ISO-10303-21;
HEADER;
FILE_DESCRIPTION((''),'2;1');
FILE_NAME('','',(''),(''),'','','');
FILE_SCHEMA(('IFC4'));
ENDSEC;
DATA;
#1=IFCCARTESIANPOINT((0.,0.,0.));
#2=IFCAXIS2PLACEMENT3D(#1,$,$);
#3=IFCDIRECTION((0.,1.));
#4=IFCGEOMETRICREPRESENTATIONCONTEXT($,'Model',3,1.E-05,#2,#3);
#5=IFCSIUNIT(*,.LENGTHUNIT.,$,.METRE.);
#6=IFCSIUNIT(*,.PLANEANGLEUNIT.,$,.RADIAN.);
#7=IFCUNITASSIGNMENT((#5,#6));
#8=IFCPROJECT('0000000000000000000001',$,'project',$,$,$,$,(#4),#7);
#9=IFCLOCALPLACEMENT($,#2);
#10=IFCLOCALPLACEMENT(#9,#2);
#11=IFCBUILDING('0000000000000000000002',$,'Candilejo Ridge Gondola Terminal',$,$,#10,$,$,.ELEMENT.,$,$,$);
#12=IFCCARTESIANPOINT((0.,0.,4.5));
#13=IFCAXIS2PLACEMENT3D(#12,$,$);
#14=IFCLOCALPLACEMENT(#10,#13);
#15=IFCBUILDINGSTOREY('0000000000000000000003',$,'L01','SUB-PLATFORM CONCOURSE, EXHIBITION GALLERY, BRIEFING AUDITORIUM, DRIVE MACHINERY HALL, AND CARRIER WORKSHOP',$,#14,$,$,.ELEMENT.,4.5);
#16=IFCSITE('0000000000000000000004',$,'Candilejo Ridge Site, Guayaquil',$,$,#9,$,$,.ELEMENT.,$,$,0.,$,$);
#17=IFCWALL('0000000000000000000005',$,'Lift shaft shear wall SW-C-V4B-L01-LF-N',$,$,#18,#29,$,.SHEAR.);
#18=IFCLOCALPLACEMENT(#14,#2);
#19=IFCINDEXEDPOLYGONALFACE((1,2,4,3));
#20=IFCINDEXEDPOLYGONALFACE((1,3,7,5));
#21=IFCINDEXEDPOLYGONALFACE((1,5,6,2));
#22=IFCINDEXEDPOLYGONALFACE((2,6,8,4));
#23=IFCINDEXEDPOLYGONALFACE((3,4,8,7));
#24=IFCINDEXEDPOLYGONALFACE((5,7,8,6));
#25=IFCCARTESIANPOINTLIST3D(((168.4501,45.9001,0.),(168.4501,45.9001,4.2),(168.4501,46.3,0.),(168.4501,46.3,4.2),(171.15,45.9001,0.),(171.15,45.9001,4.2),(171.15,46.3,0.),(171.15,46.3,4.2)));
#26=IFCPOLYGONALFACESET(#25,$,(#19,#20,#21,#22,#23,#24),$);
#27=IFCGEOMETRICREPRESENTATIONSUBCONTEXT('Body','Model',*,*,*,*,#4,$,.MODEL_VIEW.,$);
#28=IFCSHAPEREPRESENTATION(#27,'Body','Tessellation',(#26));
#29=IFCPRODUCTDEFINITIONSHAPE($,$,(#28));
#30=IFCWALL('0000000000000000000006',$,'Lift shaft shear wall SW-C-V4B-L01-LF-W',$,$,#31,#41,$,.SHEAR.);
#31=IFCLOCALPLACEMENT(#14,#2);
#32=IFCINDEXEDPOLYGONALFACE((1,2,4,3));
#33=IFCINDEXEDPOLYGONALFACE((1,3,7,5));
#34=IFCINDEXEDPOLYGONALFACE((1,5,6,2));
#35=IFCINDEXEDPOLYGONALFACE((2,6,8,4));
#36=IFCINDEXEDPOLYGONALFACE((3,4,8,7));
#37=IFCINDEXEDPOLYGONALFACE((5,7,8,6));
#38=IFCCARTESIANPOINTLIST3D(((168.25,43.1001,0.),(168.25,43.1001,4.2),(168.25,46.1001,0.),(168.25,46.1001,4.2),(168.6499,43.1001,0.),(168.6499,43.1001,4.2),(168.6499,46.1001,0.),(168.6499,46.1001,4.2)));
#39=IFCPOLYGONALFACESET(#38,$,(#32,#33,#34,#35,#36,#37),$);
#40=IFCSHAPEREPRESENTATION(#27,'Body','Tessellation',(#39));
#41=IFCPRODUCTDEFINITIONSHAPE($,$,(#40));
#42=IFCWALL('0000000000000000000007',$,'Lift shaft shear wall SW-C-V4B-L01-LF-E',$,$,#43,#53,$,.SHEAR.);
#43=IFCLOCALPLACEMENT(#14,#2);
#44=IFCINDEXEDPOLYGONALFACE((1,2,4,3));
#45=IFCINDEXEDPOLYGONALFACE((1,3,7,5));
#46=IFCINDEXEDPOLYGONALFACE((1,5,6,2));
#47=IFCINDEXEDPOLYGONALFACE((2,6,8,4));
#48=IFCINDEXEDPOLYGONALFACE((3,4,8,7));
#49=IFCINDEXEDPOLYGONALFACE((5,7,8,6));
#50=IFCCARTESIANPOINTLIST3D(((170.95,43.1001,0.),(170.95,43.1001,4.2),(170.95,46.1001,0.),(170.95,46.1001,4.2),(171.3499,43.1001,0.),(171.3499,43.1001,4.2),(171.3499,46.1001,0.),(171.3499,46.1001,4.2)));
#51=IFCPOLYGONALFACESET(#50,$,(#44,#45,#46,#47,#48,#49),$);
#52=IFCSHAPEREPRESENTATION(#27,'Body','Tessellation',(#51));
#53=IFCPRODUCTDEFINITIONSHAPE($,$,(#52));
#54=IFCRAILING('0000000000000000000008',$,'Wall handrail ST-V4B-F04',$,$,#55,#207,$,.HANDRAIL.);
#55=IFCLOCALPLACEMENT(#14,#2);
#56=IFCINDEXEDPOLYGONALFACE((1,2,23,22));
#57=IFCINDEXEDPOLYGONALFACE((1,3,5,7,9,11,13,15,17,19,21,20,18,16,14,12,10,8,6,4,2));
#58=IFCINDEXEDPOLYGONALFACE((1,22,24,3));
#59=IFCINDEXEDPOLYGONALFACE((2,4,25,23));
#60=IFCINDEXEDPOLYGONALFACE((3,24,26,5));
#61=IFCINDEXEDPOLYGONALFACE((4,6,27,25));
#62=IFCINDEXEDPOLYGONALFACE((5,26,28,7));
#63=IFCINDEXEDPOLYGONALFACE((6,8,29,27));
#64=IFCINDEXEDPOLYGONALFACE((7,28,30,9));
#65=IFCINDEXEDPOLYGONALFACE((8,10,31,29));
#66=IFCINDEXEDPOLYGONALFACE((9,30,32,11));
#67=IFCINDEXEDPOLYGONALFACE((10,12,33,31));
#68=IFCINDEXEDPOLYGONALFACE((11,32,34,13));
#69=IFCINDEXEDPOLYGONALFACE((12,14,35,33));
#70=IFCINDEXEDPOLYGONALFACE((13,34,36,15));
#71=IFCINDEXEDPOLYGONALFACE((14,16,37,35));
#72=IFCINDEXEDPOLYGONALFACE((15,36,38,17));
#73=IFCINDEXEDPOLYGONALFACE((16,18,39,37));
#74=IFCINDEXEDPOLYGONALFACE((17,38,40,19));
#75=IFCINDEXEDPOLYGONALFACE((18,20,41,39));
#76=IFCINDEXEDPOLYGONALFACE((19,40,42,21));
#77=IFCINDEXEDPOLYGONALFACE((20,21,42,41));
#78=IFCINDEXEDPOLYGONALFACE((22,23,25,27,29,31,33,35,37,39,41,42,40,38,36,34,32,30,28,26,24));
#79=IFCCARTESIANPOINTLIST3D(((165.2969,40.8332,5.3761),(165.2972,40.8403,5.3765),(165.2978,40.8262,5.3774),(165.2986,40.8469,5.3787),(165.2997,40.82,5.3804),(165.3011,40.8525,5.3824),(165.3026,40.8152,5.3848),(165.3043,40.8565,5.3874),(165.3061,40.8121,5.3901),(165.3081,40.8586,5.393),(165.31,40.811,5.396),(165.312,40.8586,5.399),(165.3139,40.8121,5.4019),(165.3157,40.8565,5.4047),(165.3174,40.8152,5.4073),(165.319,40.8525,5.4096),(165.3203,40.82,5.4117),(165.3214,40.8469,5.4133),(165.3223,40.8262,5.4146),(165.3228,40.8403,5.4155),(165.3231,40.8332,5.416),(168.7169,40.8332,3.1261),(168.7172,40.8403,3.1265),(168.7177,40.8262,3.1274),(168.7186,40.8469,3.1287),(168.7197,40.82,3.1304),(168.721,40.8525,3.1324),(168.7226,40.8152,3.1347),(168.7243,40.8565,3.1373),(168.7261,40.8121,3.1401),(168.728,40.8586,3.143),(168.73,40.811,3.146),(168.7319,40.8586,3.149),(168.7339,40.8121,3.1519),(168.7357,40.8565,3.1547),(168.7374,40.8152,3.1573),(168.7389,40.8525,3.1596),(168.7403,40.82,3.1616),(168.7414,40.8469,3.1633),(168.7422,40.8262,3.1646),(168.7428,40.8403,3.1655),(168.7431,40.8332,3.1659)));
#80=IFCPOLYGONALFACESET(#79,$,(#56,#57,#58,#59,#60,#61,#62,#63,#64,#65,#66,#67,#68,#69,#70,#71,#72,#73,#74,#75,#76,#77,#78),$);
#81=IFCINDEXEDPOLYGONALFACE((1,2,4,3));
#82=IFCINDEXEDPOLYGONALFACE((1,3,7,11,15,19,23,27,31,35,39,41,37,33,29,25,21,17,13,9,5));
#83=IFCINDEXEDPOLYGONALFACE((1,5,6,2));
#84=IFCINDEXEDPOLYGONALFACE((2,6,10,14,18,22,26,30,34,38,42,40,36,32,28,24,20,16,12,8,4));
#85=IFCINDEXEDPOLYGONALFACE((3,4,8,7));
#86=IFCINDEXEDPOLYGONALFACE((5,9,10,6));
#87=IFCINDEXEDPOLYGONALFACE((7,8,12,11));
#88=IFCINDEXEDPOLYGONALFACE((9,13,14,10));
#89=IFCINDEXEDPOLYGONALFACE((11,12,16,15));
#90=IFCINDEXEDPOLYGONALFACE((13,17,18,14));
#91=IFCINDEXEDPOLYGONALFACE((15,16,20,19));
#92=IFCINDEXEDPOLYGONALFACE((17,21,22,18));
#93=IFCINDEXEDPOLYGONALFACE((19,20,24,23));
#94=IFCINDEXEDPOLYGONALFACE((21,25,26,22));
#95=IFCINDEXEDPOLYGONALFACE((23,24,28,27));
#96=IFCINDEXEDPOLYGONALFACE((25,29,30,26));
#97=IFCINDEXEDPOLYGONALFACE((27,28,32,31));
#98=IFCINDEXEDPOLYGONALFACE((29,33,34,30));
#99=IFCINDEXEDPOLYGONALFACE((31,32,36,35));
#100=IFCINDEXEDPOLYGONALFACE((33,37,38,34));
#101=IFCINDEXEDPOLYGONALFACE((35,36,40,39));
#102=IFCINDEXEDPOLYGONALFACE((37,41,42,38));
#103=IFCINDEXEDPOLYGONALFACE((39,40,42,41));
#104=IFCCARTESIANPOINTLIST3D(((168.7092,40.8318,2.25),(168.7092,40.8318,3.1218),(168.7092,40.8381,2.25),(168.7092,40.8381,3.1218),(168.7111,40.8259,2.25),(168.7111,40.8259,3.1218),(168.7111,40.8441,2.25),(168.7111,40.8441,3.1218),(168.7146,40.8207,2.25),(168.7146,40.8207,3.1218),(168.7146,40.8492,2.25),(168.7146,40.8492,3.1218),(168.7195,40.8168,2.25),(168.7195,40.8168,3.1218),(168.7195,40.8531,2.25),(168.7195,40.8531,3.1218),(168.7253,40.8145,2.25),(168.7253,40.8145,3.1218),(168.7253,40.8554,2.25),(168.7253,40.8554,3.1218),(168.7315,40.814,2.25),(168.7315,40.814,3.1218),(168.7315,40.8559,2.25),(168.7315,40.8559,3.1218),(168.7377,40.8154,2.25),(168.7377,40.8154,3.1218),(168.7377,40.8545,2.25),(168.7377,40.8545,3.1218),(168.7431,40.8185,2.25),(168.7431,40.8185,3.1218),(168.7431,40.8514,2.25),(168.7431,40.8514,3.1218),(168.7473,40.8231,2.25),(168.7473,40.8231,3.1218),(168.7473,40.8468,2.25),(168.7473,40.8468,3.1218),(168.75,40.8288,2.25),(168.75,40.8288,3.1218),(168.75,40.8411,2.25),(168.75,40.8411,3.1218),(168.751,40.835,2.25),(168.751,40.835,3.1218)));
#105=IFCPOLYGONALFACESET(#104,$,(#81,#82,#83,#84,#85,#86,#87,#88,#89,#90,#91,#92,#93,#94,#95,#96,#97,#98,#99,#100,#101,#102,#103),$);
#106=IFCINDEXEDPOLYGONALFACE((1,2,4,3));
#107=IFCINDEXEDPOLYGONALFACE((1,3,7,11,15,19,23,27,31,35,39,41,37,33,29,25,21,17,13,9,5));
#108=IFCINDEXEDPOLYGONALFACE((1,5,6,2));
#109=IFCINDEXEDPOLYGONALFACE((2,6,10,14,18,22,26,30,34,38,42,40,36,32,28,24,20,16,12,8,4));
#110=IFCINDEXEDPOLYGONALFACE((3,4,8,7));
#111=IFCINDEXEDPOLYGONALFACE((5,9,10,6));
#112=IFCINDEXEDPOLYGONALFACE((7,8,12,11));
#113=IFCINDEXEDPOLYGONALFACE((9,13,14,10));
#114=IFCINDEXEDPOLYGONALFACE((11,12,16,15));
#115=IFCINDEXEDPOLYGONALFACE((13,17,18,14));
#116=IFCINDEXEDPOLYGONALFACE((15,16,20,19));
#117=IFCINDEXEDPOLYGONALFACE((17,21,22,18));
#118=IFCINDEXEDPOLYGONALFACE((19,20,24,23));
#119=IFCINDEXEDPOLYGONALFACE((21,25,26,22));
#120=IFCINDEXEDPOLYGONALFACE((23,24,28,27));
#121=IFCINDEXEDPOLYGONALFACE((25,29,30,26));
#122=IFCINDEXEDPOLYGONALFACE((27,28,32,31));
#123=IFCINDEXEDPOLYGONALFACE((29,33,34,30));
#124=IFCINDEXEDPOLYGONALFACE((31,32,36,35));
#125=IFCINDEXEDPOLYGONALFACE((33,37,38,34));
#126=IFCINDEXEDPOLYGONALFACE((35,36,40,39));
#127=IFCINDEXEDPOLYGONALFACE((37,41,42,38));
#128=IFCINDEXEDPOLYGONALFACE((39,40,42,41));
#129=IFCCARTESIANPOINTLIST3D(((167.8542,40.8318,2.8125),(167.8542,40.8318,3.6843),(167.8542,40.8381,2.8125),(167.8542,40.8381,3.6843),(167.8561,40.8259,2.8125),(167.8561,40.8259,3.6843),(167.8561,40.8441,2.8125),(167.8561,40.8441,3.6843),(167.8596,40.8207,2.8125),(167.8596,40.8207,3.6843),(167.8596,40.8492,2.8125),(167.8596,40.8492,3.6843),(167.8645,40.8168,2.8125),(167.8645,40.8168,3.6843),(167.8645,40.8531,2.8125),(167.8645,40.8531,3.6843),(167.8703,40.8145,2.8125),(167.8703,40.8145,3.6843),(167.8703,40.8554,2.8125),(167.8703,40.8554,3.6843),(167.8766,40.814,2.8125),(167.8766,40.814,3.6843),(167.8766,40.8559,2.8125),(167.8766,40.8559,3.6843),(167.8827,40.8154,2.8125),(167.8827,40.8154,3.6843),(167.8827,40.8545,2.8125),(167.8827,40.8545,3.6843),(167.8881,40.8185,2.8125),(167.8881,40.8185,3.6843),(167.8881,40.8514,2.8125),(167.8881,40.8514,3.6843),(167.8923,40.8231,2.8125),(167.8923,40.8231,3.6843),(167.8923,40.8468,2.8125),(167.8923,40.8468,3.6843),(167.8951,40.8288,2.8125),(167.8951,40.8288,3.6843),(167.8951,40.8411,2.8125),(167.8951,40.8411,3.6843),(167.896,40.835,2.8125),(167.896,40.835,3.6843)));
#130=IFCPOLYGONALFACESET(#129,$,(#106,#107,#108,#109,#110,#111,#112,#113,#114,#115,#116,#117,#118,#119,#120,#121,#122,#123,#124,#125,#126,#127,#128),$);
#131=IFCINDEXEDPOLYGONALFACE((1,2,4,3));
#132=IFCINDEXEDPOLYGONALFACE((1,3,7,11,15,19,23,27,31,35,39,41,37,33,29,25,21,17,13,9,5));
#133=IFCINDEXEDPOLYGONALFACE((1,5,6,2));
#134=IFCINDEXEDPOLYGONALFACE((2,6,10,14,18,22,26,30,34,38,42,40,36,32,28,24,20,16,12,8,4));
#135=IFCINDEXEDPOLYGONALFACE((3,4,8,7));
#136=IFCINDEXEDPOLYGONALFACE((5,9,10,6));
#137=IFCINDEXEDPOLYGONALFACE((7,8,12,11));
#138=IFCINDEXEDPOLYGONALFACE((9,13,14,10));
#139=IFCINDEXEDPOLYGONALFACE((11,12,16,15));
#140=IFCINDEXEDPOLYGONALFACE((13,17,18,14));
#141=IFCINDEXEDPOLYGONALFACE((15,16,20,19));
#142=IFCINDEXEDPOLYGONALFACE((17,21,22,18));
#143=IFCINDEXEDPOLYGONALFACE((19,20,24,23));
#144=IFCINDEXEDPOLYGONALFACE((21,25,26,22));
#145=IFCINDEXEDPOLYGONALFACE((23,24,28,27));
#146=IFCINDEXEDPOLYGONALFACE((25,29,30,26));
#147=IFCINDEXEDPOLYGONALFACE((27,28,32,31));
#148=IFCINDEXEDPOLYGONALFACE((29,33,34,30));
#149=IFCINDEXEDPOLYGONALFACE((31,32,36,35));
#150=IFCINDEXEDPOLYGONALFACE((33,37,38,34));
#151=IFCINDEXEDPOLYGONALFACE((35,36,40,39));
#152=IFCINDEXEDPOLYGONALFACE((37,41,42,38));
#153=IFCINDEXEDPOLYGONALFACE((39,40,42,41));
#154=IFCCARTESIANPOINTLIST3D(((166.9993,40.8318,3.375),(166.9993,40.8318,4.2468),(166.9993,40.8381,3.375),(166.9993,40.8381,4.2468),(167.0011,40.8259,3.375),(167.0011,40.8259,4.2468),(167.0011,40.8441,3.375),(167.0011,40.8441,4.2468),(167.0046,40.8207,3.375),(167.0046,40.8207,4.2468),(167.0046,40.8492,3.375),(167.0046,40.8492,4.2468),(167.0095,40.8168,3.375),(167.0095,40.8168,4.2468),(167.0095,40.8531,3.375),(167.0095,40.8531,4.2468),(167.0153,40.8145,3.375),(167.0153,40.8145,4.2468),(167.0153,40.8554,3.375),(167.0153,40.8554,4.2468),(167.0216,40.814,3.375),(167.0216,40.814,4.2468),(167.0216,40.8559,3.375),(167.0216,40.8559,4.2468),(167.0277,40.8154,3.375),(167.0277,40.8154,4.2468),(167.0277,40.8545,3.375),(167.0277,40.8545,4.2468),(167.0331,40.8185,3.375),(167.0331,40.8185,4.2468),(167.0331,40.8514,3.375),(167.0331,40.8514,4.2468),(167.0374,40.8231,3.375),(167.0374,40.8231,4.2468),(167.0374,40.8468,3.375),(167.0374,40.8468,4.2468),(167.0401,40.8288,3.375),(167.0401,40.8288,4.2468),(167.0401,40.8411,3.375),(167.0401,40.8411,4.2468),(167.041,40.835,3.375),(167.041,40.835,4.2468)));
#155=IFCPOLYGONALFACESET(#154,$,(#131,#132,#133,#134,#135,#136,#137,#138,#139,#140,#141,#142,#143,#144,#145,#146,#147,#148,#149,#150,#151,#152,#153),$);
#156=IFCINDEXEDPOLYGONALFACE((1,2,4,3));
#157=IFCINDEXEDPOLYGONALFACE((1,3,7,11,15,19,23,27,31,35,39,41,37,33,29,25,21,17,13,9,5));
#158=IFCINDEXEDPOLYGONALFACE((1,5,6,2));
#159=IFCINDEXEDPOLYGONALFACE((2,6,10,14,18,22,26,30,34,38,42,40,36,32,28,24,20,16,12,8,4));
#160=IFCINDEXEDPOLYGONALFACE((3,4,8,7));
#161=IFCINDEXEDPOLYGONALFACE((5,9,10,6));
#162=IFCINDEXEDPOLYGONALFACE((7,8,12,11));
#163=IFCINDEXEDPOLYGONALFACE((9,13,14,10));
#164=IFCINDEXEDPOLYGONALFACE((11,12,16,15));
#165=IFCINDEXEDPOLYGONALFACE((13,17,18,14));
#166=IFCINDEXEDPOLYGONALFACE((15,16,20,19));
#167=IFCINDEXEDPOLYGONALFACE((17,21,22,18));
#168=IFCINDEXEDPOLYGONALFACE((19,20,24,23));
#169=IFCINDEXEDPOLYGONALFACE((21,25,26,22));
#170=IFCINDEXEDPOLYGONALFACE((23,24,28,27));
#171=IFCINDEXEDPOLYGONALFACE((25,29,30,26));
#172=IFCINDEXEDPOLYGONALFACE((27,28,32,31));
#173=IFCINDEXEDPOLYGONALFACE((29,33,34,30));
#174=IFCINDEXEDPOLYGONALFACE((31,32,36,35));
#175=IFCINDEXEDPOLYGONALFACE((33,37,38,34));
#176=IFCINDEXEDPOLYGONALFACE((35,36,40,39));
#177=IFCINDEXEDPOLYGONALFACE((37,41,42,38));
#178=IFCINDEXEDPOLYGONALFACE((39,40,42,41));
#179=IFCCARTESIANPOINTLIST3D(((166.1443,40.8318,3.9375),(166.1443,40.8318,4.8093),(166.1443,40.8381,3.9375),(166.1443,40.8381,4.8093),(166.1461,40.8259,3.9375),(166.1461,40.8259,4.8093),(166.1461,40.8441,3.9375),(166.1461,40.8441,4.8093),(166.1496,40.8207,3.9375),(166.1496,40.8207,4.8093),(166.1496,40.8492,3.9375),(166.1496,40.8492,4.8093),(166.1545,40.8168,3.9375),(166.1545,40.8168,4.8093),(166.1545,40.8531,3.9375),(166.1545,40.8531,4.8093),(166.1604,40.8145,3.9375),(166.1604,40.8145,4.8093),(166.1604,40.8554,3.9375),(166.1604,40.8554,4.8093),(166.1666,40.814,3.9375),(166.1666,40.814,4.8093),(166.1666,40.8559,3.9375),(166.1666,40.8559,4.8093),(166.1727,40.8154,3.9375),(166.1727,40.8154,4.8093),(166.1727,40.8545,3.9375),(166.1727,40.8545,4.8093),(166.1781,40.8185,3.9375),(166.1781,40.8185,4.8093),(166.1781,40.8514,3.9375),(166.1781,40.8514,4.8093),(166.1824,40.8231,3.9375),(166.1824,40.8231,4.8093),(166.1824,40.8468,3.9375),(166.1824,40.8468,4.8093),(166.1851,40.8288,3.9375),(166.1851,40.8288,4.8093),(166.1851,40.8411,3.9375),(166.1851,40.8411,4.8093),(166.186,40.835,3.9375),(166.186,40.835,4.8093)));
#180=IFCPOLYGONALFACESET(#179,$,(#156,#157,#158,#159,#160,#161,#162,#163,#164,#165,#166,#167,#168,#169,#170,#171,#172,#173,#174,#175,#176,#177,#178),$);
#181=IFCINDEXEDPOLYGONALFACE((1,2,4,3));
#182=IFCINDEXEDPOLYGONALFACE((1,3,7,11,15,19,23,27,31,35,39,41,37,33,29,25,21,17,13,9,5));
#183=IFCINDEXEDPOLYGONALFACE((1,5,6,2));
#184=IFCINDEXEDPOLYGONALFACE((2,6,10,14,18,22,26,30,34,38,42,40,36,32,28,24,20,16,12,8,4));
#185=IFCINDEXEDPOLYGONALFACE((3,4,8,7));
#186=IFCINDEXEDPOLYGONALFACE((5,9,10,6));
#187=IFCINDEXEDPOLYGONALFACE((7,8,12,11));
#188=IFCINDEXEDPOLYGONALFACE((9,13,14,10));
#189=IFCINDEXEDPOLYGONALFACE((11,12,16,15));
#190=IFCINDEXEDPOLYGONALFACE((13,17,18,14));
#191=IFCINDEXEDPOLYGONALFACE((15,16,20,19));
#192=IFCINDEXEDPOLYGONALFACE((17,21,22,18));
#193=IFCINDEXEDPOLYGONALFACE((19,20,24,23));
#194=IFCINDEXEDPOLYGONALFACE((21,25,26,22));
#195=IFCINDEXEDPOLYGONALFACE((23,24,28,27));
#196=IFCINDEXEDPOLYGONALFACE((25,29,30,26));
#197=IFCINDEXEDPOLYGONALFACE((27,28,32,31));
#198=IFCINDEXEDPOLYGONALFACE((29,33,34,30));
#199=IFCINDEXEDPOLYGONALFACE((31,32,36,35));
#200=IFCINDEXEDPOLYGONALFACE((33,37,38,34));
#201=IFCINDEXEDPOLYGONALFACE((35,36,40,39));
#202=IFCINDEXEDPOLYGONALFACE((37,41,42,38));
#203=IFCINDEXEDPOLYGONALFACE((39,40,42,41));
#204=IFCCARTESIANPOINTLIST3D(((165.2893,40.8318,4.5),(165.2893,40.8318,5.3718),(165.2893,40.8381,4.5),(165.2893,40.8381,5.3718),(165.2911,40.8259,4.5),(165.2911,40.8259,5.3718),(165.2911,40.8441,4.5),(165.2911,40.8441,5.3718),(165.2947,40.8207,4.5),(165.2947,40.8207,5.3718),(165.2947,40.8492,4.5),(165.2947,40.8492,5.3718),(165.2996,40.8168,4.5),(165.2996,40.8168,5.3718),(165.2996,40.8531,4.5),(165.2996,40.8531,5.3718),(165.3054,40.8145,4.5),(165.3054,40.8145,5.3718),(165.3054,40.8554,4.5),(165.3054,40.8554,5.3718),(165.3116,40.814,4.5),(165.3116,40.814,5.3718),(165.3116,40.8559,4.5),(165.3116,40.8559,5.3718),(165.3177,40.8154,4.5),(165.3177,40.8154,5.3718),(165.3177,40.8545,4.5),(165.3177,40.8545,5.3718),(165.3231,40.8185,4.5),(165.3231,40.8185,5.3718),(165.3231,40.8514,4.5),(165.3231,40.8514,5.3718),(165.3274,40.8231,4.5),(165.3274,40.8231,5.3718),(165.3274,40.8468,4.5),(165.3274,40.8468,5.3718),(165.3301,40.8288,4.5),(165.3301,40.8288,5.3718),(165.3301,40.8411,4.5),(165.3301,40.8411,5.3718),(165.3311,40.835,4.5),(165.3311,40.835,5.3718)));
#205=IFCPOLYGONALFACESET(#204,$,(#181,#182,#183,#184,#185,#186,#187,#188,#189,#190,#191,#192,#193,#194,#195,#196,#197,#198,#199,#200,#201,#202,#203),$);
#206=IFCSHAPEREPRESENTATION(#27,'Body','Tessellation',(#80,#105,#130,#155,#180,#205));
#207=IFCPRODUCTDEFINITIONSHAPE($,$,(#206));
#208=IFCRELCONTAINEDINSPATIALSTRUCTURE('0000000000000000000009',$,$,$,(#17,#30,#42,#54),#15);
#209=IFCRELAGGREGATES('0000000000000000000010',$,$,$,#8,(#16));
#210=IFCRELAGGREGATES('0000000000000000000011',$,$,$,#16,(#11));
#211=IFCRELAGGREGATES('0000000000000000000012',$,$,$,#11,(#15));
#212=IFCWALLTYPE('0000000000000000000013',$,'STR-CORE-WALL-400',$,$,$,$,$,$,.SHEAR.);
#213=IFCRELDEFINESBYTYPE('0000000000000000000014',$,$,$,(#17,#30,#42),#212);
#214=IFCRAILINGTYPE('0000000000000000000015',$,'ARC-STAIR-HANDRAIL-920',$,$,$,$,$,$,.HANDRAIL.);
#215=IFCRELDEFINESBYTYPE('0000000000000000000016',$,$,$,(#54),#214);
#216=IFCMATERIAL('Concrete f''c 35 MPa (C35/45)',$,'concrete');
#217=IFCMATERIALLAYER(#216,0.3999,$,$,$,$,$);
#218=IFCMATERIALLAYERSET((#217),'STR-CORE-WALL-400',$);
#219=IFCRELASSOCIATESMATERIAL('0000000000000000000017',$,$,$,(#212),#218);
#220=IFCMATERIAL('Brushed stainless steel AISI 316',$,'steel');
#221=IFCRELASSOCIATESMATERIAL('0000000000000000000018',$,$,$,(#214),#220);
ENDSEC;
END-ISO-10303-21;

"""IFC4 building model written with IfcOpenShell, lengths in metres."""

from ifc_helpers import new_model, si_unit, direction, frame, frame_2d, origin, origin_2d, place, context, subcontext, project, spatial, rectangle, circle, extrude, material, layer, layer_set, type_object, element, save


model = new_model("IFC4")

# Units and contexts
model_context = context("Model", 3, precision=1e-05, world=origin(), true_north=direction((0.0, 1.0)))
body_context = subcontext(model_context, "Body", "Model", "MODEL_VIEW")
ifc_project = project(units=[si_unit("LENGTHUNIT", "METRE"), si_unit("PLANEANGLEUNIT", "RADIAN")], contexts=[model_context])

# Site, building, storey
site_placement = place(None, origin())
site = spatial("IfcSite", under=ifc_project, at=site_placement, Name="Candilejo Ridge Site, Guayaquil", CompositionType="ELEMENT", RefElevation=0.0)
building_placement = place(site_placement, origin())
building = spatial("IfcBuilding", under=site, at=building_placement, Name="Candilejo Ridge Gondola Terminal", CompositionType="ELEMENT")
storey_placement = place(building_placement, frame((0.0, 0.0, 4.5)))
storey = spatial("IfcBuildingStorey", under=building, at=storey_placement, Name="L01", Description="SUB-PLATFORM CONCOURSE, EXHIBITION GALLERY, BRIEFING AUDITORIUM, DRIVE MACHINERY HALL, AND CARRIER WORKSHOP", CompositionType="ELEMENT", Elevation=4.5)

# Shared definitions
ifc_material_1 = material(Name="Concrete f'c 35 MPa (C35/45)", Category="concrete")
ifc_layer_1 = layer(ifc_material_1, 0.3999)
ifc_layer_set_1 = layer_set([ifc_layer_1], Name="STR-CORE-WALL-400")
wall_type = type_object("IfcWallType", Name="STR-CORE-WALL-400", PredefinedType="SHEAR", material=ifc_layer_set_1)

# Walls
wall_1_placement = place(storey_placement, frame((168.45, 46.1001, 0.0), z_axis=(0.0, 0.0, 1.0), x_axis=(1.0, 0.0, 0.0)))
element("IfcWall", 1, at=wall_1_placement, inside=storey, type_object=wall_type, Name="Lift shaft shear wall SW-C-V4B-L01-LF-N", PredefinedType="SHEAR", context=body_context, shape_type="SweptSolid", body=[
    extrude(rectangle(XDim=2.7, YDim=0.3999, at=frame_2d((1.3501, 0.0))), origin(), (0.0, 0.0, 1.0), 4.2),
])
for number, where, z_axis, x_axis, name in (
    (2, (168.45, 43.1001, 0.0), (0.0, 0.0, 1.0), (0.0, 1.0, 0.0), "Lift shaft shear wall SW-C-V4B-L01-LF-W"),
    (3, (171.1499, 43.1001, 0.0), (0.0, 0.0, 1.0), (0.0, 1.0, 0.0), "Lift shaft shear wall SW-C-V4B-L01-LF-E"),
):
    element("IfcWall", number, at=place(storey_placement, frame(where, z_axis=z_axis, x_axis=x_axis)), inside=storey, type_object=wall_type, Name=name, PredefinedType="SHEAR", context=body_context, shape_type="SweptSolid", body=[
        extrude(rectangle(XDim=3.0, YDim=0.3999, at=frame_2d((1.5, 0.0))), origin(), (0.0, 0.0, 1.0), 4.2),
    ])

# Railing
ifc_material_2 = material(Name="Brushed stainless steel AISI 316", Category="steel")
railing_type = type_object("IfcRailingType", Name="ARC-STAIR-HANDRAIL-920", PredefinedType="HANDRAIL", material=ifc_material_2)
railing_placement = place(storey_placement, frame((168.73, 40.835, 2.25)))
element("IfcRailing", 4, at=railing_placement, inside=storey, type_object=railing_type, Name="Wall handrail ST-V4B-F04", PredefinedType="HANDRAIL", context=body_context, shape_type="SweptSolid", body=[
    extrude(circle(Radius=0.0239, at=origin_2d()), frame((0.0, 0.0, 0.896), z_axis=(-0.835411, 0.0, 0.549625), x_axis=(0.0, -1.0, 0.0)), (0.0, 0.0, 1.0), 4.0938),
    extrude(circle(Radius=0.021, at=origin_2d()), origin(), (0.0, 0.0, 1.0), 0.8718),
    extrude(circle(Radius=0.021, at=origin_2d()), frame((-0.855, 0.0, 0.5625)), (0.0, 0.0, 1.0), 0.8718),
    extrude(circle(Radius=0.021, at=origin_2d()), frame((-1.71, 0.0, 1.125)), (0.0, 0.0, 1.0), 0.8718),
    extrude(circle(Radius=0.021, at=origin_2d()), frame((-2.5649, 0.0, 1.6875)), (0.0, 0.0, 1.0), 0.8718),
    extrude(circle(Radius=0.021, at=origin_2d()), frame((-3.4199, 0.0, 2.25)), (0.0, 0.0, 1.0), 0.8718),
])

save(model, "model.ifc")
